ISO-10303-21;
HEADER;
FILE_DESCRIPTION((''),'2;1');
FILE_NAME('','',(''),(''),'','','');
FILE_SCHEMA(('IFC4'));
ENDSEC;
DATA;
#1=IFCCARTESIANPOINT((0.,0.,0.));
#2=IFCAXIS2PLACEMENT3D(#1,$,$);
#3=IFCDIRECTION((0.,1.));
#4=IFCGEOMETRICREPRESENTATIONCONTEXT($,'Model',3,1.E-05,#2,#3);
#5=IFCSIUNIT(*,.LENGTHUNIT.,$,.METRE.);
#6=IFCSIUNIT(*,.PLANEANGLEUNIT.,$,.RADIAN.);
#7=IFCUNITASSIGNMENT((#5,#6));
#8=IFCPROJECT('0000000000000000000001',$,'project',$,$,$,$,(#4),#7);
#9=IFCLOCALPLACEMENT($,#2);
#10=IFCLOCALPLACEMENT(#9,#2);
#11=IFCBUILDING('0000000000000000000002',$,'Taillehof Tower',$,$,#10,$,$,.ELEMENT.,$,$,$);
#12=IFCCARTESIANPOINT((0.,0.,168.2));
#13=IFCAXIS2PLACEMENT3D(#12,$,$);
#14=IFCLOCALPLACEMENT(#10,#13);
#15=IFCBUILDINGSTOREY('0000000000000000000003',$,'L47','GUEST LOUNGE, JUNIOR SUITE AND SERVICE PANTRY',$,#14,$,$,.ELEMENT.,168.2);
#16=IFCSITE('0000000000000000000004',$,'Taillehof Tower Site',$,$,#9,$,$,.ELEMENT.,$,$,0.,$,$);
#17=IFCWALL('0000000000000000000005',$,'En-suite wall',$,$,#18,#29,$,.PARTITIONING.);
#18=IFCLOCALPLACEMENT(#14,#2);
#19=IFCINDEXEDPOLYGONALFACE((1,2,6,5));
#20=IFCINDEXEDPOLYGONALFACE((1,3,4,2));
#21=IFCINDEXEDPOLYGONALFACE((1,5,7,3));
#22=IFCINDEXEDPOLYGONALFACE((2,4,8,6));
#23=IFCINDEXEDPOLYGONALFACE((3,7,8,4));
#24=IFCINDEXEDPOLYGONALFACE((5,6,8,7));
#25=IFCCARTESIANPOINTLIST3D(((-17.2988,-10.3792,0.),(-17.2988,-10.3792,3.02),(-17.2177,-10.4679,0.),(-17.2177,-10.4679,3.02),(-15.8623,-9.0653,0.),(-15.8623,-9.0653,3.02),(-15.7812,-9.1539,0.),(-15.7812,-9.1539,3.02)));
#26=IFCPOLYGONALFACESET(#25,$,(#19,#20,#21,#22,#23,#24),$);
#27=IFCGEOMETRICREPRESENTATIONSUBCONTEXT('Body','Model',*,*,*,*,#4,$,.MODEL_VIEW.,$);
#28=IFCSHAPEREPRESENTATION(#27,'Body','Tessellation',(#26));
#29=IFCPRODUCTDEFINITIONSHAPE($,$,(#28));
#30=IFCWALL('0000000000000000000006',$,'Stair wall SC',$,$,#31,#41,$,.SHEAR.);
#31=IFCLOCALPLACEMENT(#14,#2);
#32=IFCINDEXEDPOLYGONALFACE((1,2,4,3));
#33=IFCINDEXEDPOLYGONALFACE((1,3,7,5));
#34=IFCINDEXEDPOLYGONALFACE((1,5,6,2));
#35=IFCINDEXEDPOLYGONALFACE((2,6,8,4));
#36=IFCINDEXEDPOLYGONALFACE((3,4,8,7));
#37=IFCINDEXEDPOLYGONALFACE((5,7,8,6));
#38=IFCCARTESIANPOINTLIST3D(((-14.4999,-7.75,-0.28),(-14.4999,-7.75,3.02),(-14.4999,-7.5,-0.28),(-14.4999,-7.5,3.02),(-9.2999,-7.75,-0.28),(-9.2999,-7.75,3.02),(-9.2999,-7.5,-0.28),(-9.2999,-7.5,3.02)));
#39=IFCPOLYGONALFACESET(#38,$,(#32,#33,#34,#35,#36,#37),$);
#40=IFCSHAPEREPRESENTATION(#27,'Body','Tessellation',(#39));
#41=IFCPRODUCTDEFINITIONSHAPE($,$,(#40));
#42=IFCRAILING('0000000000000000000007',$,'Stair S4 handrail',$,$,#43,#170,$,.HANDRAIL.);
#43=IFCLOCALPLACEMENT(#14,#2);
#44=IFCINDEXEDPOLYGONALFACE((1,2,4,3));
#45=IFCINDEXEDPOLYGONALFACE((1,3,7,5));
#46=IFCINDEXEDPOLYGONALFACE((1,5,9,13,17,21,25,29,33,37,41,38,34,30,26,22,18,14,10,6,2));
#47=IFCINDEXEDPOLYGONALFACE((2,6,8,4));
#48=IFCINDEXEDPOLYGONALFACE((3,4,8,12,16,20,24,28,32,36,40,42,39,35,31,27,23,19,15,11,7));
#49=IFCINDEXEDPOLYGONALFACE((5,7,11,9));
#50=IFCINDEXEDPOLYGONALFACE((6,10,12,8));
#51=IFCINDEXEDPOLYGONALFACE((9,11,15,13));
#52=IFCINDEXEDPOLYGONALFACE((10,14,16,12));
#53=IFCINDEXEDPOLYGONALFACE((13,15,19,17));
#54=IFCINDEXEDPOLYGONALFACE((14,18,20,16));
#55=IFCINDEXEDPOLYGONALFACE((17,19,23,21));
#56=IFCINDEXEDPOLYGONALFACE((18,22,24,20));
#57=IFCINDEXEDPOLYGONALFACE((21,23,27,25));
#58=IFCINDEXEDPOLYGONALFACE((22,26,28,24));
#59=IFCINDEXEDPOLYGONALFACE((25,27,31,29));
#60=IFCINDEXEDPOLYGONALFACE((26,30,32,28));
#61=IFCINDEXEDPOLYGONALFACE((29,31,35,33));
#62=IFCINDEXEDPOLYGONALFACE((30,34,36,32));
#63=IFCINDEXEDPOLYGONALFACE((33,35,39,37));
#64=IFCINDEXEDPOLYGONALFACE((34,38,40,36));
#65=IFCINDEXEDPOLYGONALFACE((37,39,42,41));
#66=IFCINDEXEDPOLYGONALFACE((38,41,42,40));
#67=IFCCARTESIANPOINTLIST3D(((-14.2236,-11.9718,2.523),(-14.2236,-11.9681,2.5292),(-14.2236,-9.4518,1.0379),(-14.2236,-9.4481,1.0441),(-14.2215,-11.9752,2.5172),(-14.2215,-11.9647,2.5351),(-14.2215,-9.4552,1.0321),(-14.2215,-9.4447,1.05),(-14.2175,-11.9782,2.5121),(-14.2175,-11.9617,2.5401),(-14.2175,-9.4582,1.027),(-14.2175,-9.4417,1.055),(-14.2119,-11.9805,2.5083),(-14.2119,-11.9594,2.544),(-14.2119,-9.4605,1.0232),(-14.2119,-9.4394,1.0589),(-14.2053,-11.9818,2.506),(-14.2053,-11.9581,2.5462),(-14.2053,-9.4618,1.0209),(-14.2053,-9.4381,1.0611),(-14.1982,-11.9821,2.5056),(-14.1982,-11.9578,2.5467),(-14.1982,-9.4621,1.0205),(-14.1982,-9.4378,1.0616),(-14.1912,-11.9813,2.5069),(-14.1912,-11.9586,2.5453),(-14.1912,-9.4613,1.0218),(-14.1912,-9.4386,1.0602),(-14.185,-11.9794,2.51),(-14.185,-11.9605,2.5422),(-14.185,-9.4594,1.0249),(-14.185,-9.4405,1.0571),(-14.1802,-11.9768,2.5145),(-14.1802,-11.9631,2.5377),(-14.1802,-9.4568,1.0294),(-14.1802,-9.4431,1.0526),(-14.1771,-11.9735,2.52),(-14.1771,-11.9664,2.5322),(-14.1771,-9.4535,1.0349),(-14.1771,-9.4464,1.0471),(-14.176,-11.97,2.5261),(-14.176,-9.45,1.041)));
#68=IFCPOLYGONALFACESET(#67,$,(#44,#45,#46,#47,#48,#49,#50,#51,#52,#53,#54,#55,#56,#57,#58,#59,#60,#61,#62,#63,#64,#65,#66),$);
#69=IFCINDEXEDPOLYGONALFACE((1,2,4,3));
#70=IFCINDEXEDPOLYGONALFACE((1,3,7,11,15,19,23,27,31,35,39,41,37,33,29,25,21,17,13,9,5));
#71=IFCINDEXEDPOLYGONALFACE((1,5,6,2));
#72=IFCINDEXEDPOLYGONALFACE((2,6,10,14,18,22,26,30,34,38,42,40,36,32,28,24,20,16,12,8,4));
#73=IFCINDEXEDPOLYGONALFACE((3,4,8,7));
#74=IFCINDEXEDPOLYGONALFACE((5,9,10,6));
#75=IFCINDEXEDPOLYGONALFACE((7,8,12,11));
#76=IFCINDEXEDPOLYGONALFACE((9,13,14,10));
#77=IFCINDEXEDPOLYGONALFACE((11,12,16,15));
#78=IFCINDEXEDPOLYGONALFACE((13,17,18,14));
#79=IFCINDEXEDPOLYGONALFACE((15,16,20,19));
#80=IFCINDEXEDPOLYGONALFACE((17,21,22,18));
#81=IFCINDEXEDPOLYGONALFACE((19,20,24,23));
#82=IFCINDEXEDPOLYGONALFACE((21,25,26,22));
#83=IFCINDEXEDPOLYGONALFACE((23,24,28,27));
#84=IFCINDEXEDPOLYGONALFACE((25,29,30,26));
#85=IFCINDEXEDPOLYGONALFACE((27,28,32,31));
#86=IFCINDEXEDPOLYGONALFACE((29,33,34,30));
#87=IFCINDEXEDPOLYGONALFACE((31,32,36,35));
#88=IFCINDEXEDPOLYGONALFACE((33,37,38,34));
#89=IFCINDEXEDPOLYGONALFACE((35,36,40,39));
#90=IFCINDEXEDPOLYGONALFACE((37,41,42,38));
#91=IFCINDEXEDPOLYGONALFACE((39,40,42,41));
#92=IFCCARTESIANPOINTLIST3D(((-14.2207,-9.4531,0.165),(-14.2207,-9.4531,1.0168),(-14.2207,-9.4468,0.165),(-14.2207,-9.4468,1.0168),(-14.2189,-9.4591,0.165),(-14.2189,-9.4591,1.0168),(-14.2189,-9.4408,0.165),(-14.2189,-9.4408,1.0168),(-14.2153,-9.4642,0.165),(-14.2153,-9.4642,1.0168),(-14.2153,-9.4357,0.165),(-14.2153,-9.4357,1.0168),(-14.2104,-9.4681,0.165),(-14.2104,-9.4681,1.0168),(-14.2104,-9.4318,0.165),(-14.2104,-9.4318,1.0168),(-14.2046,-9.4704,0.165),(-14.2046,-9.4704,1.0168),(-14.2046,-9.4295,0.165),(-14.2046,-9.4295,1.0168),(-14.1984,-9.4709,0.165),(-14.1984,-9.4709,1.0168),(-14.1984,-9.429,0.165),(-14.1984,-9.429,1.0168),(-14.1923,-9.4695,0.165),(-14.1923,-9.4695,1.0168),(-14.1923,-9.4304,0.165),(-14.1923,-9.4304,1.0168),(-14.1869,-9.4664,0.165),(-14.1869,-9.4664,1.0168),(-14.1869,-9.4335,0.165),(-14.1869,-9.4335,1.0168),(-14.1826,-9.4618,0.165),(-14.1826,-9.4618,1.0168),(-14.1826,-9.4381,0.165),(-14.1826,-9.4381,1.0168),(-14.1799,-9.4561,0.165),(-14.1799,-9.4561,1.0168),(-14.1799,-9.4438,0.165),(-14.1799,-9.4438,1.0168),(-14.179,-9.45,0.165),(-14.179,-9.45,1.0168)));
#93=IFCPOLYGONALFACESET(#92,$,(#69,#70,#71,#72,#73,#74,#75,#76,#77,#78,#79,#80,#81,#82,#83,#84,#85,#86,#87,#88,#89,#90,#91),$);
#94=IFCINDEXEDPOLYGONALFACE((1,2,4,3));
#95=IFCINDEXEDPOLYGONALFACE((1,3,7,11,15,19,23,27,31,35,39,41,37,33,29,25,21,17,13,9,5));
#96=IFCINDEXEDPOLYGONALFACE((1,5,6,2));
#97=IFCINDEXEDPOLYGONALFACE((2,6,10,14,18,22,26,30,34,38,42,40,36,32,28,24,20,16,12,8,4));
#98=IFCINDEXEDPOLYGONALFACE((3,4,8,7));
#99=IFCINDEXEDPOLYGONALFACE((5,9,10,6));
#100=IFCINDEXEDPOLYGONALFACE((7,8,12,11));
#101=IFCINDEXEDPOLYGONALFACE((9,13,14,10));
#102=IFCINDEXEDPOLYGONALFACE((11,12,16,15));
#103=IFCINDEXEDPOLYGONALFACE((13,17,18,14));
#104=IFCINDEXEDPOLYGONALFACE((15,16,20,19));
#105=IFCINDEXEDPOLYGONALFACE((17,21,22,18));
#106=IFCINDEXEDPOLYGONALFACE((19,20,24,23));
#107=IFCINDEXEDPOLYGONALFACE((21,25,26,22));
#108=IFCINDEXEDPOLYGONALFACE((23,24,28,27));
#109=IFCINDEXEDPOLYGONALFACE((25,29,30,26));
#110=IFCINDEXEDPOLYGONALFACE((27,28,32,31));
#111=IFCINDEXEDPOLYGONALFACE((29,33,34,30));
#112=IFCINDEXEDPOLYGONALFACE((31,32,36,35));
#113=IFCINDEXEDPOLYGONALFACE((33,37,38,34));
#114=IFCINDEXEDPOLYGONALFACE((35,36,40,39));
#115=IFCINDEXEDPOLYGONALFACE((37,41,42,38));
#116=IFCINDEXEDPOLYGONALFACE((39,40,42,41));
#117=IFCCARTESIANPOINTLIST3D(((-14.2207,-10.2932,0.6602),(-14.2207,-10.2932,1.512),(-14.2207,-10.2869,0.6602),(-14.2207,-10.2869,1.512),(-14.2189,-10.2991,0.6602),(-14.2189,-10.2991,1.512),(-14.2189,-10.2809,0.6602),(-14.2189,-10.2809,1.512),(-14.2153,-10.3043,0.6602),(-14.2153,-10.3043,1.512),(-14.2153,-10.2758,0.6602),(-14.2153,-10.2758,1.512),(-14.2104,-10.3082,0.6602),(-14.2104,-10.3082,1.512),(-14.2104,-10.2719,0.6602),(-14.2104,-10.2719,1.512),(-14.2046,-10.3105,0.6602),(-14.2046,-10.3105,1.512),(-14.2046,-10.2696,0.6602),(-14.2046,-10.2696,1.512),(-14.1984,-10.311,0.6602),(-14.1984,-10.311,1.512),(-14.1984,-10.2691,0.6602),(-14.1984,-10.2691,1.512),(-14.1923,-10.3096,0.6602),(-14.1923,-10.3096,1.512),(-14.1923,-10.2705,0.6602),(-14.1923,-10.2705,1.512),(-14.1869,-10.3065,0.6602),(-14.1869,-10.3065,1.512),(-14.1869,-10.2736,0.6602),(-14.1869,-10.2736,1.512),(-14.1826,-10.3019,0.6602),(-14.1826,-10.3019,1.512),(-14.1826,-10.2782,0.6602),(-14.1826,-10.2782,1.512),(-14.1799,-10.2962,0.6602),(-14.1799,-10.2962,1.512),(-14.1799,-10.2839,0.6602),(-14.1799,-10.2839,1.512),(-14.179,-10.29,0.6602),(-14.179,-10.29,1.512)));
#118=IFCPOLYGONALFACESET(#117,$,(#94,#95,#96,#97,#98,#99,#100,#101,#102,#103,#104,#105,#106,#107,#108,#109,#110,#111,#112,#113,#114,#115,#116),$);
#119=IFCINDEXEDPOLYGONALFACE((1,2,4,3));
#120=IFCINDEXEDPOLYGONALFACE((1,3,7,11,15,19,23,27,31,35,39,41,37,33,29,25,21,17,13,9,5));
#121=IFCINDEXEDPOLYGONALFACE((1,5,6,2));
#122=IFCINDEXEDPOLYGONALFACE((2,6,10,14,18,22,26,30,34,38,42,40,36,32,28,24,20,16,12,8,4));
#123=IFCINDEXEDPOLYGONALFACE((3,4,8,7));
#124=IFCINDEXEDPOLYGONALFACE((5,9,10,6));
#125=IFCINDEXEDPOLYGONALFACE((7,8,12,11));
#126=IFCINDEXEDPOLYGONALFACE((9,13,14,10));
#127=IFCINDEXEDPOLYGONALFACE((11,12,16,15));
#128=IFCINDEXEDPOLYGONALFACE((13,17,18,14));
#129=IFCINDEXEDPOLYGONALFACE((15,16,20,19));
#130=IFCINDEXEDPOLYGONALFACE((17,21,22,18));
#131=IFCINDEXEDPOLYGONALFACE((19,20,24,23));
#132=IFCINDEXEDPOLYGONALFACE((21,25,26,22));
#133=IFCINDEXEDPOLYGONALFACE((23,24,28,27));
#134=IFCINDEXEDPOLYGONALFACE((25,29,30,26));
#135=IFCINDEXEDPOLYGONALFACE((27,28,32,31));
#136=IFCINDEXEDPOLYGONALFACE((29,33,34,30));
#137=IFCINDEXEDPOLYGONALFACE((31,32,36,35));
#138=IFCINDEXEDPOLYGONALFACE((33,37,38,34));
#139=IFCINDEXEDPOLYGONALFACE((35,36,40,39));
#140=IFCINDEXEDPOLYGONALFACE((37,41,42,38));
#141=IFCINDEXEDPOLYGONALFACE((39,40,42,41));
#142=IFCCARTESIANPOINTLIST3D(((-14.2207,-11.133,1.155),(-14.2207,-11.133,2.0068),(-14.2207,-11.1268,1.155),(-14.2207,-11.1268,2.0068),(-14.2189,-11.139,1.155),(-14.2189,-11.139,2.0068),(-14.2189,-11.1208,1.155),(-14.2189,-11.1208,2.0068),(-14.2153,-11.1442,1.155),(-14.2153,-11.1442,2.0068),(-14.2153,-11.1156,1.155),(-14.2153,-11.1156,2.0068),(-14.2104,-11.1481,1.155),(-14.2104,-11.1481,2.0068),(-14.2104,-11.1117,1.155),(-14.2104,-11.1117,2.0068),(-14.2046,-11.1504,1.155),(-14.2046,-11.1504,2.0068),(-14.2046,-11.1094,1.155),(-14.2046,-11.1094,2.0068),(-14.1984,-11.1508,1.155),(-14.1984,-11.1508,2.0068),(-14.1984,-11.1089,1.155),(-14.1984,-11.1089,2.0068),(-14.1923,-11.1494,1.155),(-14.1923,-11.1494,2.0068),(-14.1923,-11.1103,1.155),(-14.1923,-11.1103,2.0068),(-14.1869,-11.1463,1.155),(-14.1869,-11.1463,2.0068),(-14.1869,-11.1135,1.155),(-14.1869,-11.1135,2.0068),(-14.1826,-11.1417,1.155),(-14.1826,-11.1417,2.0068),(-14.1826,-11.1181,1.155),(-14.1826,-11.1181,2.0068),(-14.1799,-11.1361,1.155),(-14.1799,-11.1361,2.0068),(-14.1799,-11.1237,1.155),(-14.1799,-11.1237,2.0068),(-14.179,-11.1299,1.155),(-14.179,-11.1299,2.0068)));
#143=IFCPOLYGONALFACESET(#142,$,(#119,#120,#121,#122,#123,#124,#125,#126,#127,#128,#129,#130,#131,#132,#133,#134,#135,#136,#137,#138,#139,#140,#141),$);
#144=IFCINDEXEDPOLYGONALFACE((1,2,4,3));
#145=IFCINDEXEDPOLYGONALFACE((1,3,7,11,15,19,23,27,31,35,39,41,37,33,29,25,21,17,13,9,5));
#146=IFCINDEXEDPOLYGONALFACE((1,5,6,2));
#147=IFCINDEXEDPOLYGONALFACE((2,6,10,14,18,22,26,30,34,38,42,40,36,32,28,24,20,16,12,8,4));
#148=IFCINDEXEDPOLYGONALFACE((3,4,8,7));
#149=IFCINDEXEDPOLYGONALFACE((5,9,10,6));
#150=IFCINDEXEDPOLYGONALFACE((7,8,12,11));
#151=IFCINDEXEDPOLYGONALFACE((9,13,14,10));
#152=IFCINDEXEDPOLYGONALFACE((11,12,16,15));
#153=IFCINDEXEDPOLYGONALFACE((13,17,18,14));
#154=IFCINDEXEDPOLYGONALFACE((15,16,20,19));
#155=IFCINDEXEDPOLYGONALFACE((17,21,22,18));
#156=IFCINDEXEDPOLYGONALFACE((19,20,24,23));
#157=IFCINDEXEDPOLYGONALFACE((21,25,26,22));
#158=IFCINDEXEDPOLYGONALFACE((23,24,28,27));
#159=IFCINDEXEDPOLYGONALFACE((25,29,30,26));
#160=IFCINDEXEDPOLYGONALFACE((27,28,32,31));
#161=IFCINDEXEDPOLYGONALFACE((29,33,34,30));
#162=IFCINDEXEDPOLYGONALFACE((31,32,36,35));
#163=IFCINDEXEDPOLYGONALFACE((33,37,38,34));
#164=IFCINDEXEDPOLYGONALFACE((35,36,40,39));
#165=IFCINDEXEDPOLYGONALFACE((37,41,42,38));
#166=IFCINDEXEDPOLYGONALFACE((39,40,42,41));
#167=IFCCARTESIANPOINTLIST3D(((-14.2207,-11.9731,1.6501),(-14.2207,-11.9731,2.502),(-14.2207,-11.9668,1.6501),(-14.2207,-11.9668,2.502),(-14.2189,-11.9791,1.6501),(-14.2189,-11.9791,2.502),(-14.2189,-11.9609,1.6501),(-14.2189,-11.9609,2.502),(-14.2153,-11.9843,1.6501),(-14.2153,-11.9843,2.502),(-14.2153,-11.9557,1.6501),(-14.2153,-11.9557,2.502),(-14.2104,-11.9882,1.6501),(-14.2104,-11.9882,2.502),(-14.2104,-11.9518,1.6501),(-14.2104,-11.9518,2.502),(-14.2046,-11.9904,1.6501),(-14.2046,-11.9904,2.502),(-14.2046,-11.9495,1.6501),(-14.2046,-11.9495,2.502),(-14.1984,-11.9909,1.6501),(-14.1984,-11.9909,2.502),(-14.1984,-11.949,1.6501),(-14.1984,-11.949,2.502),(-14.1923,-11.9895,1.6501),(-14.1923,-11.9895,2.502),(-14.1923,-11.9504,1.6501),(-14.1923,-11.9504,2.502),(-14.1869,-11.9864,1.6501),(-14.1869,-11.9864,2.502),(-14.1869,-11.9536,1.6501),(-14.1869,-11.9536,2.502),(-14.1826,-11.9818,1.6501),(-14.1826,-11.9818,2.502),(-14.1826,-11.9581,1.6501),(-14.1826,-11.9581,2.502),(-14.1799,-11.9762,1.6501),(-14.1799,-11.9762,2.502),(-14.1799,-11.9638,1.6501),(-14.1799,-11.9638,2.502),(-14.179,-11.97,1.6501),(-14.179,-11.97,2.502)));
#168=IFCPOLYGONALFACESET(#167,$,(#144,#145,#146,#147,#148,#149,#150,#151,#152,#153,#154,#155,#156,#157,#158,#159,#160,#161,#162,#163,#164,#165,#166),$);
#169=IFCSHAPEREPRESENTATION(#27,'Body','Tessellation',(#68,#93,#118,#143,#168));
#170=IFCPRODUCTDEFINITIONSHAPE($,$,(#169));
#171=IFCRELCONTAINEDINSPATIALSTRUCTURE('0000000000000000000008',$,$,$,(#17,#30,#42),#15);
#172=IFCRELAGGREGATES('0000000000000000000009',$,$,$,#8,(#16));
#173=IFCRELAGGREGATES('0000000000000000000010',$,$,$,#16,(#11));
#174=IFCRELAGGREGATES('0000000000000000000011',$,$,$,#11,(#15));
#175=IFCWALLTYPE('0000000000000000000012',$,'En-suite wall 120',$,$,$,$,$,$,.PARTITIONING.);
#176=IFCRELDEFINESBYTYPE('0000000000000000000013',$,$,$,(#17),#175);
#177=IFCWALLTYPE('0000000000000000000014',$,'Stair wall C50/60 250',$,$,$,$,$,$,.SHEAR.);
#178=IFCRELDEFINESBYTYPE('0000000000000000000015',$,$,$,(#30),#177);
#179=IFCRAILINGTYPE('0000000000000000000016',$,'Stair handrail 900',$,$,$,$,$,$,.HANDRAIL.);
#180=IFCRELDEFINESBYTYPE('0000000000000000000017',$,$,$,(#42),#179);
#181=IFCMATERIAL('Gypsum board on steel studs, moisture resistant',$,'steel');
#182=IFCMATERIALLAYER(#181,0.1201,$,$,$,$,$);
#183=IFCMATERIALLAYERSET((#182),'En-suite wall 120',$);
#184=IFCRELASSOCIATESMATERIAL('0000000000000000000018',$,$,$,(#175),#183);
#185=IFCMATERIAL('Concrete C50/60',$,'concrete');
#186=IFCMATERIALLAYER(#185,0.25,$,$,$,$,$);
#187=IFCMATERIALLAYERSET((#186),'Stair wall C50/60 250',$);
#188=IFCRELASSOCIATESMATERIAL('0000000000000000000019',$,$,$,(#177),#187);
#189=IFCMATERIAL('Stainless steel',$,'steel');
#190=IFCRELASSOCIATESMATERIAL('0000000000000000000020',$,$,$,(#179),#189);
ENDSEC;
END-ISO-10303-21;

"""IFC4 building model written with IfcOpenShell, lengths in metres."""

from ifc_helpers import new_model, si_unit, direction, frame, frame_2d, origin, origin_2d, place, context, subcontext, project, spatial, rectangle, circle, extrude, material, layer, layer_set, type_object, element, save


model = new_model("IFC4")

# Units and contexts
model_context = context("Model", 3, precision=1e-05, world=origin(), true_north=direction((0.0, 1.0)))
body_context = subcontext(model_context, "Body", "Model", "MODEL_VIEW")
ifc_project = project(units=[si_unit("LENGTHUNIT", "METRE"), si_unit("PLANEANGLEUNIT", "RADIAN")], contexts=[model_context])

# Site, building, storey
site_placement = place(None, origin())
site = spatial("IfcSite", under=ifc_project, at=site_placement, Name="Taillehof Tower Site", CompositionType="ELEMENT", RefElevation=0.0)
building_placement = place(site_placement, origin())
building = spatial("IfcBuilding", under=site, at=building_placement, Name="Taillehof Tower", CompositionType="ELEMENT")
storey_placement = place(building_placement, frame((0.0, 0.0, 168.2)))
storey = spatial("IfcBuildingStorey", under=building, at=storey_placement, Name="L47", Description="GUEST LOUNGE, JUNIOR SUITE AND SERVICE PANTRY", CompositionType="ELEMENT", Elevation=168.2)

# Walls
ifc_material_1 = material(Name="Gypsum board on steel studs, moisture resistant", Category="steel")
ifc_layer_1 = layer(ifc_material_1, 0.1201)
ifc_layer_set_1 = layer_set([ifc_layer_1], Name="En-suite wall 120")
wall_type_1 = type_object("IfcWallType", Name="En-suite wall 120", PredefinedType="PARTITIONING", material=ifc_layer_set_1)
wall_1_placement = place(storey_placement, frame((-15.8218, -9.1096, 0.0), z_axis=(0.0, 0.0, 1.0), x_axis=(-0.737882, -0.674929, 0.0)))
element("IfcWall", 1, at=wall_1_placement, inside=storey, type_object=wall_type_1, Name="En-suite wall", PredefinedType="PARTITIONING", context=body_context, shape_type="SweptSolid", body=[
    extrude(rectangle(XDim=1.9468, YDim=0.1201, at=frame_2d((0.9734, 0.0))), origin(), (0.0, 0.0, 1.0), 3.02),
])
ifc_material_2 = material(Name="Concrete C50/60", Category="concrete")
ifc_layer_2 = layer(ifc_material_2, 0.25)
ifc_layer_set_2 = layer_set([ifc_layer_2], Name="Stair wall C50/60 250")
wall_type_2 = type_object("IfcWallType", Name="Stair wall C50/60 250", PredefinedType="SHEAR", material=ifc_layer_set_2)
wall_2_placement = place(storey_placement, frame((-14.5, -7.625, -0.28), z_axis=(0.0, 0.0, 1.0), x_axis=(1.0, 0.0, 0.0)))
element("IfcWall", 2, at=wall_2_placement, inside=storey, type_object=wall_type_2, Name="Stair wall SC", PredefinedType="SHEAR", context=body_context, shape_type="SweptSolid", body=[
    extrude(rectangle(XDim=5.2, YDim=0.25, at=frame_2d((2.6001, 0.0))), origin(), (0.0, 0.0, 1.0), 3.3),
])

# Railing
ifc_material_3 = material(Name="Stainless steel", Category="steel")
railing_type = type_object("IfcRailingType", Name="Stair handrail 900", PredefinedType="HANDRAIL", material=ifc_material_3)
railing_placement = place(storey_placement, frame((-14.2, -9.45, 0.165)))
element("IfcRailing", 3, at=railing_placement, inside=storey, type_object=railing_type, Name="Stair S4 handrail", PredefinedType="HANDRAIL", context=body_context, shape_type="SweptSolid", body=[
    extrude(circle(Radius=0.0239, at=origin_2d()), frame((0.0, 0.0, 0.876), z_axis=(0.0, -0.861524, 0.507717), x_axis=(1.0, 0.0, 0.0)), (0.0, 0.0, 1.0), 2.925),
    extrude(circle(Radius=0.021, at=origin_2d()), origin(), (0.0, 0.0, 1.0), 0.8518),
    extrude(circle(Radius=0.021, at=origin_2d()), frame((0.0, -0.8401, 0.4951)), (0.0, 0.0, 1.0), 0.8518),
    extrude(circle(Radius=0.021, at=origin_2d()), frame((0.0, -1.6799, 0.99)), (0.0, 0.0, 1.0), 0.8518),
    extrude(circle(Radius=0.021, at=origin_2d()), frame((0.0, -2.52, 1.4851)), (0.0, 0.0, 1.0), 0.8518),
])

save(model, "model.ifc")
